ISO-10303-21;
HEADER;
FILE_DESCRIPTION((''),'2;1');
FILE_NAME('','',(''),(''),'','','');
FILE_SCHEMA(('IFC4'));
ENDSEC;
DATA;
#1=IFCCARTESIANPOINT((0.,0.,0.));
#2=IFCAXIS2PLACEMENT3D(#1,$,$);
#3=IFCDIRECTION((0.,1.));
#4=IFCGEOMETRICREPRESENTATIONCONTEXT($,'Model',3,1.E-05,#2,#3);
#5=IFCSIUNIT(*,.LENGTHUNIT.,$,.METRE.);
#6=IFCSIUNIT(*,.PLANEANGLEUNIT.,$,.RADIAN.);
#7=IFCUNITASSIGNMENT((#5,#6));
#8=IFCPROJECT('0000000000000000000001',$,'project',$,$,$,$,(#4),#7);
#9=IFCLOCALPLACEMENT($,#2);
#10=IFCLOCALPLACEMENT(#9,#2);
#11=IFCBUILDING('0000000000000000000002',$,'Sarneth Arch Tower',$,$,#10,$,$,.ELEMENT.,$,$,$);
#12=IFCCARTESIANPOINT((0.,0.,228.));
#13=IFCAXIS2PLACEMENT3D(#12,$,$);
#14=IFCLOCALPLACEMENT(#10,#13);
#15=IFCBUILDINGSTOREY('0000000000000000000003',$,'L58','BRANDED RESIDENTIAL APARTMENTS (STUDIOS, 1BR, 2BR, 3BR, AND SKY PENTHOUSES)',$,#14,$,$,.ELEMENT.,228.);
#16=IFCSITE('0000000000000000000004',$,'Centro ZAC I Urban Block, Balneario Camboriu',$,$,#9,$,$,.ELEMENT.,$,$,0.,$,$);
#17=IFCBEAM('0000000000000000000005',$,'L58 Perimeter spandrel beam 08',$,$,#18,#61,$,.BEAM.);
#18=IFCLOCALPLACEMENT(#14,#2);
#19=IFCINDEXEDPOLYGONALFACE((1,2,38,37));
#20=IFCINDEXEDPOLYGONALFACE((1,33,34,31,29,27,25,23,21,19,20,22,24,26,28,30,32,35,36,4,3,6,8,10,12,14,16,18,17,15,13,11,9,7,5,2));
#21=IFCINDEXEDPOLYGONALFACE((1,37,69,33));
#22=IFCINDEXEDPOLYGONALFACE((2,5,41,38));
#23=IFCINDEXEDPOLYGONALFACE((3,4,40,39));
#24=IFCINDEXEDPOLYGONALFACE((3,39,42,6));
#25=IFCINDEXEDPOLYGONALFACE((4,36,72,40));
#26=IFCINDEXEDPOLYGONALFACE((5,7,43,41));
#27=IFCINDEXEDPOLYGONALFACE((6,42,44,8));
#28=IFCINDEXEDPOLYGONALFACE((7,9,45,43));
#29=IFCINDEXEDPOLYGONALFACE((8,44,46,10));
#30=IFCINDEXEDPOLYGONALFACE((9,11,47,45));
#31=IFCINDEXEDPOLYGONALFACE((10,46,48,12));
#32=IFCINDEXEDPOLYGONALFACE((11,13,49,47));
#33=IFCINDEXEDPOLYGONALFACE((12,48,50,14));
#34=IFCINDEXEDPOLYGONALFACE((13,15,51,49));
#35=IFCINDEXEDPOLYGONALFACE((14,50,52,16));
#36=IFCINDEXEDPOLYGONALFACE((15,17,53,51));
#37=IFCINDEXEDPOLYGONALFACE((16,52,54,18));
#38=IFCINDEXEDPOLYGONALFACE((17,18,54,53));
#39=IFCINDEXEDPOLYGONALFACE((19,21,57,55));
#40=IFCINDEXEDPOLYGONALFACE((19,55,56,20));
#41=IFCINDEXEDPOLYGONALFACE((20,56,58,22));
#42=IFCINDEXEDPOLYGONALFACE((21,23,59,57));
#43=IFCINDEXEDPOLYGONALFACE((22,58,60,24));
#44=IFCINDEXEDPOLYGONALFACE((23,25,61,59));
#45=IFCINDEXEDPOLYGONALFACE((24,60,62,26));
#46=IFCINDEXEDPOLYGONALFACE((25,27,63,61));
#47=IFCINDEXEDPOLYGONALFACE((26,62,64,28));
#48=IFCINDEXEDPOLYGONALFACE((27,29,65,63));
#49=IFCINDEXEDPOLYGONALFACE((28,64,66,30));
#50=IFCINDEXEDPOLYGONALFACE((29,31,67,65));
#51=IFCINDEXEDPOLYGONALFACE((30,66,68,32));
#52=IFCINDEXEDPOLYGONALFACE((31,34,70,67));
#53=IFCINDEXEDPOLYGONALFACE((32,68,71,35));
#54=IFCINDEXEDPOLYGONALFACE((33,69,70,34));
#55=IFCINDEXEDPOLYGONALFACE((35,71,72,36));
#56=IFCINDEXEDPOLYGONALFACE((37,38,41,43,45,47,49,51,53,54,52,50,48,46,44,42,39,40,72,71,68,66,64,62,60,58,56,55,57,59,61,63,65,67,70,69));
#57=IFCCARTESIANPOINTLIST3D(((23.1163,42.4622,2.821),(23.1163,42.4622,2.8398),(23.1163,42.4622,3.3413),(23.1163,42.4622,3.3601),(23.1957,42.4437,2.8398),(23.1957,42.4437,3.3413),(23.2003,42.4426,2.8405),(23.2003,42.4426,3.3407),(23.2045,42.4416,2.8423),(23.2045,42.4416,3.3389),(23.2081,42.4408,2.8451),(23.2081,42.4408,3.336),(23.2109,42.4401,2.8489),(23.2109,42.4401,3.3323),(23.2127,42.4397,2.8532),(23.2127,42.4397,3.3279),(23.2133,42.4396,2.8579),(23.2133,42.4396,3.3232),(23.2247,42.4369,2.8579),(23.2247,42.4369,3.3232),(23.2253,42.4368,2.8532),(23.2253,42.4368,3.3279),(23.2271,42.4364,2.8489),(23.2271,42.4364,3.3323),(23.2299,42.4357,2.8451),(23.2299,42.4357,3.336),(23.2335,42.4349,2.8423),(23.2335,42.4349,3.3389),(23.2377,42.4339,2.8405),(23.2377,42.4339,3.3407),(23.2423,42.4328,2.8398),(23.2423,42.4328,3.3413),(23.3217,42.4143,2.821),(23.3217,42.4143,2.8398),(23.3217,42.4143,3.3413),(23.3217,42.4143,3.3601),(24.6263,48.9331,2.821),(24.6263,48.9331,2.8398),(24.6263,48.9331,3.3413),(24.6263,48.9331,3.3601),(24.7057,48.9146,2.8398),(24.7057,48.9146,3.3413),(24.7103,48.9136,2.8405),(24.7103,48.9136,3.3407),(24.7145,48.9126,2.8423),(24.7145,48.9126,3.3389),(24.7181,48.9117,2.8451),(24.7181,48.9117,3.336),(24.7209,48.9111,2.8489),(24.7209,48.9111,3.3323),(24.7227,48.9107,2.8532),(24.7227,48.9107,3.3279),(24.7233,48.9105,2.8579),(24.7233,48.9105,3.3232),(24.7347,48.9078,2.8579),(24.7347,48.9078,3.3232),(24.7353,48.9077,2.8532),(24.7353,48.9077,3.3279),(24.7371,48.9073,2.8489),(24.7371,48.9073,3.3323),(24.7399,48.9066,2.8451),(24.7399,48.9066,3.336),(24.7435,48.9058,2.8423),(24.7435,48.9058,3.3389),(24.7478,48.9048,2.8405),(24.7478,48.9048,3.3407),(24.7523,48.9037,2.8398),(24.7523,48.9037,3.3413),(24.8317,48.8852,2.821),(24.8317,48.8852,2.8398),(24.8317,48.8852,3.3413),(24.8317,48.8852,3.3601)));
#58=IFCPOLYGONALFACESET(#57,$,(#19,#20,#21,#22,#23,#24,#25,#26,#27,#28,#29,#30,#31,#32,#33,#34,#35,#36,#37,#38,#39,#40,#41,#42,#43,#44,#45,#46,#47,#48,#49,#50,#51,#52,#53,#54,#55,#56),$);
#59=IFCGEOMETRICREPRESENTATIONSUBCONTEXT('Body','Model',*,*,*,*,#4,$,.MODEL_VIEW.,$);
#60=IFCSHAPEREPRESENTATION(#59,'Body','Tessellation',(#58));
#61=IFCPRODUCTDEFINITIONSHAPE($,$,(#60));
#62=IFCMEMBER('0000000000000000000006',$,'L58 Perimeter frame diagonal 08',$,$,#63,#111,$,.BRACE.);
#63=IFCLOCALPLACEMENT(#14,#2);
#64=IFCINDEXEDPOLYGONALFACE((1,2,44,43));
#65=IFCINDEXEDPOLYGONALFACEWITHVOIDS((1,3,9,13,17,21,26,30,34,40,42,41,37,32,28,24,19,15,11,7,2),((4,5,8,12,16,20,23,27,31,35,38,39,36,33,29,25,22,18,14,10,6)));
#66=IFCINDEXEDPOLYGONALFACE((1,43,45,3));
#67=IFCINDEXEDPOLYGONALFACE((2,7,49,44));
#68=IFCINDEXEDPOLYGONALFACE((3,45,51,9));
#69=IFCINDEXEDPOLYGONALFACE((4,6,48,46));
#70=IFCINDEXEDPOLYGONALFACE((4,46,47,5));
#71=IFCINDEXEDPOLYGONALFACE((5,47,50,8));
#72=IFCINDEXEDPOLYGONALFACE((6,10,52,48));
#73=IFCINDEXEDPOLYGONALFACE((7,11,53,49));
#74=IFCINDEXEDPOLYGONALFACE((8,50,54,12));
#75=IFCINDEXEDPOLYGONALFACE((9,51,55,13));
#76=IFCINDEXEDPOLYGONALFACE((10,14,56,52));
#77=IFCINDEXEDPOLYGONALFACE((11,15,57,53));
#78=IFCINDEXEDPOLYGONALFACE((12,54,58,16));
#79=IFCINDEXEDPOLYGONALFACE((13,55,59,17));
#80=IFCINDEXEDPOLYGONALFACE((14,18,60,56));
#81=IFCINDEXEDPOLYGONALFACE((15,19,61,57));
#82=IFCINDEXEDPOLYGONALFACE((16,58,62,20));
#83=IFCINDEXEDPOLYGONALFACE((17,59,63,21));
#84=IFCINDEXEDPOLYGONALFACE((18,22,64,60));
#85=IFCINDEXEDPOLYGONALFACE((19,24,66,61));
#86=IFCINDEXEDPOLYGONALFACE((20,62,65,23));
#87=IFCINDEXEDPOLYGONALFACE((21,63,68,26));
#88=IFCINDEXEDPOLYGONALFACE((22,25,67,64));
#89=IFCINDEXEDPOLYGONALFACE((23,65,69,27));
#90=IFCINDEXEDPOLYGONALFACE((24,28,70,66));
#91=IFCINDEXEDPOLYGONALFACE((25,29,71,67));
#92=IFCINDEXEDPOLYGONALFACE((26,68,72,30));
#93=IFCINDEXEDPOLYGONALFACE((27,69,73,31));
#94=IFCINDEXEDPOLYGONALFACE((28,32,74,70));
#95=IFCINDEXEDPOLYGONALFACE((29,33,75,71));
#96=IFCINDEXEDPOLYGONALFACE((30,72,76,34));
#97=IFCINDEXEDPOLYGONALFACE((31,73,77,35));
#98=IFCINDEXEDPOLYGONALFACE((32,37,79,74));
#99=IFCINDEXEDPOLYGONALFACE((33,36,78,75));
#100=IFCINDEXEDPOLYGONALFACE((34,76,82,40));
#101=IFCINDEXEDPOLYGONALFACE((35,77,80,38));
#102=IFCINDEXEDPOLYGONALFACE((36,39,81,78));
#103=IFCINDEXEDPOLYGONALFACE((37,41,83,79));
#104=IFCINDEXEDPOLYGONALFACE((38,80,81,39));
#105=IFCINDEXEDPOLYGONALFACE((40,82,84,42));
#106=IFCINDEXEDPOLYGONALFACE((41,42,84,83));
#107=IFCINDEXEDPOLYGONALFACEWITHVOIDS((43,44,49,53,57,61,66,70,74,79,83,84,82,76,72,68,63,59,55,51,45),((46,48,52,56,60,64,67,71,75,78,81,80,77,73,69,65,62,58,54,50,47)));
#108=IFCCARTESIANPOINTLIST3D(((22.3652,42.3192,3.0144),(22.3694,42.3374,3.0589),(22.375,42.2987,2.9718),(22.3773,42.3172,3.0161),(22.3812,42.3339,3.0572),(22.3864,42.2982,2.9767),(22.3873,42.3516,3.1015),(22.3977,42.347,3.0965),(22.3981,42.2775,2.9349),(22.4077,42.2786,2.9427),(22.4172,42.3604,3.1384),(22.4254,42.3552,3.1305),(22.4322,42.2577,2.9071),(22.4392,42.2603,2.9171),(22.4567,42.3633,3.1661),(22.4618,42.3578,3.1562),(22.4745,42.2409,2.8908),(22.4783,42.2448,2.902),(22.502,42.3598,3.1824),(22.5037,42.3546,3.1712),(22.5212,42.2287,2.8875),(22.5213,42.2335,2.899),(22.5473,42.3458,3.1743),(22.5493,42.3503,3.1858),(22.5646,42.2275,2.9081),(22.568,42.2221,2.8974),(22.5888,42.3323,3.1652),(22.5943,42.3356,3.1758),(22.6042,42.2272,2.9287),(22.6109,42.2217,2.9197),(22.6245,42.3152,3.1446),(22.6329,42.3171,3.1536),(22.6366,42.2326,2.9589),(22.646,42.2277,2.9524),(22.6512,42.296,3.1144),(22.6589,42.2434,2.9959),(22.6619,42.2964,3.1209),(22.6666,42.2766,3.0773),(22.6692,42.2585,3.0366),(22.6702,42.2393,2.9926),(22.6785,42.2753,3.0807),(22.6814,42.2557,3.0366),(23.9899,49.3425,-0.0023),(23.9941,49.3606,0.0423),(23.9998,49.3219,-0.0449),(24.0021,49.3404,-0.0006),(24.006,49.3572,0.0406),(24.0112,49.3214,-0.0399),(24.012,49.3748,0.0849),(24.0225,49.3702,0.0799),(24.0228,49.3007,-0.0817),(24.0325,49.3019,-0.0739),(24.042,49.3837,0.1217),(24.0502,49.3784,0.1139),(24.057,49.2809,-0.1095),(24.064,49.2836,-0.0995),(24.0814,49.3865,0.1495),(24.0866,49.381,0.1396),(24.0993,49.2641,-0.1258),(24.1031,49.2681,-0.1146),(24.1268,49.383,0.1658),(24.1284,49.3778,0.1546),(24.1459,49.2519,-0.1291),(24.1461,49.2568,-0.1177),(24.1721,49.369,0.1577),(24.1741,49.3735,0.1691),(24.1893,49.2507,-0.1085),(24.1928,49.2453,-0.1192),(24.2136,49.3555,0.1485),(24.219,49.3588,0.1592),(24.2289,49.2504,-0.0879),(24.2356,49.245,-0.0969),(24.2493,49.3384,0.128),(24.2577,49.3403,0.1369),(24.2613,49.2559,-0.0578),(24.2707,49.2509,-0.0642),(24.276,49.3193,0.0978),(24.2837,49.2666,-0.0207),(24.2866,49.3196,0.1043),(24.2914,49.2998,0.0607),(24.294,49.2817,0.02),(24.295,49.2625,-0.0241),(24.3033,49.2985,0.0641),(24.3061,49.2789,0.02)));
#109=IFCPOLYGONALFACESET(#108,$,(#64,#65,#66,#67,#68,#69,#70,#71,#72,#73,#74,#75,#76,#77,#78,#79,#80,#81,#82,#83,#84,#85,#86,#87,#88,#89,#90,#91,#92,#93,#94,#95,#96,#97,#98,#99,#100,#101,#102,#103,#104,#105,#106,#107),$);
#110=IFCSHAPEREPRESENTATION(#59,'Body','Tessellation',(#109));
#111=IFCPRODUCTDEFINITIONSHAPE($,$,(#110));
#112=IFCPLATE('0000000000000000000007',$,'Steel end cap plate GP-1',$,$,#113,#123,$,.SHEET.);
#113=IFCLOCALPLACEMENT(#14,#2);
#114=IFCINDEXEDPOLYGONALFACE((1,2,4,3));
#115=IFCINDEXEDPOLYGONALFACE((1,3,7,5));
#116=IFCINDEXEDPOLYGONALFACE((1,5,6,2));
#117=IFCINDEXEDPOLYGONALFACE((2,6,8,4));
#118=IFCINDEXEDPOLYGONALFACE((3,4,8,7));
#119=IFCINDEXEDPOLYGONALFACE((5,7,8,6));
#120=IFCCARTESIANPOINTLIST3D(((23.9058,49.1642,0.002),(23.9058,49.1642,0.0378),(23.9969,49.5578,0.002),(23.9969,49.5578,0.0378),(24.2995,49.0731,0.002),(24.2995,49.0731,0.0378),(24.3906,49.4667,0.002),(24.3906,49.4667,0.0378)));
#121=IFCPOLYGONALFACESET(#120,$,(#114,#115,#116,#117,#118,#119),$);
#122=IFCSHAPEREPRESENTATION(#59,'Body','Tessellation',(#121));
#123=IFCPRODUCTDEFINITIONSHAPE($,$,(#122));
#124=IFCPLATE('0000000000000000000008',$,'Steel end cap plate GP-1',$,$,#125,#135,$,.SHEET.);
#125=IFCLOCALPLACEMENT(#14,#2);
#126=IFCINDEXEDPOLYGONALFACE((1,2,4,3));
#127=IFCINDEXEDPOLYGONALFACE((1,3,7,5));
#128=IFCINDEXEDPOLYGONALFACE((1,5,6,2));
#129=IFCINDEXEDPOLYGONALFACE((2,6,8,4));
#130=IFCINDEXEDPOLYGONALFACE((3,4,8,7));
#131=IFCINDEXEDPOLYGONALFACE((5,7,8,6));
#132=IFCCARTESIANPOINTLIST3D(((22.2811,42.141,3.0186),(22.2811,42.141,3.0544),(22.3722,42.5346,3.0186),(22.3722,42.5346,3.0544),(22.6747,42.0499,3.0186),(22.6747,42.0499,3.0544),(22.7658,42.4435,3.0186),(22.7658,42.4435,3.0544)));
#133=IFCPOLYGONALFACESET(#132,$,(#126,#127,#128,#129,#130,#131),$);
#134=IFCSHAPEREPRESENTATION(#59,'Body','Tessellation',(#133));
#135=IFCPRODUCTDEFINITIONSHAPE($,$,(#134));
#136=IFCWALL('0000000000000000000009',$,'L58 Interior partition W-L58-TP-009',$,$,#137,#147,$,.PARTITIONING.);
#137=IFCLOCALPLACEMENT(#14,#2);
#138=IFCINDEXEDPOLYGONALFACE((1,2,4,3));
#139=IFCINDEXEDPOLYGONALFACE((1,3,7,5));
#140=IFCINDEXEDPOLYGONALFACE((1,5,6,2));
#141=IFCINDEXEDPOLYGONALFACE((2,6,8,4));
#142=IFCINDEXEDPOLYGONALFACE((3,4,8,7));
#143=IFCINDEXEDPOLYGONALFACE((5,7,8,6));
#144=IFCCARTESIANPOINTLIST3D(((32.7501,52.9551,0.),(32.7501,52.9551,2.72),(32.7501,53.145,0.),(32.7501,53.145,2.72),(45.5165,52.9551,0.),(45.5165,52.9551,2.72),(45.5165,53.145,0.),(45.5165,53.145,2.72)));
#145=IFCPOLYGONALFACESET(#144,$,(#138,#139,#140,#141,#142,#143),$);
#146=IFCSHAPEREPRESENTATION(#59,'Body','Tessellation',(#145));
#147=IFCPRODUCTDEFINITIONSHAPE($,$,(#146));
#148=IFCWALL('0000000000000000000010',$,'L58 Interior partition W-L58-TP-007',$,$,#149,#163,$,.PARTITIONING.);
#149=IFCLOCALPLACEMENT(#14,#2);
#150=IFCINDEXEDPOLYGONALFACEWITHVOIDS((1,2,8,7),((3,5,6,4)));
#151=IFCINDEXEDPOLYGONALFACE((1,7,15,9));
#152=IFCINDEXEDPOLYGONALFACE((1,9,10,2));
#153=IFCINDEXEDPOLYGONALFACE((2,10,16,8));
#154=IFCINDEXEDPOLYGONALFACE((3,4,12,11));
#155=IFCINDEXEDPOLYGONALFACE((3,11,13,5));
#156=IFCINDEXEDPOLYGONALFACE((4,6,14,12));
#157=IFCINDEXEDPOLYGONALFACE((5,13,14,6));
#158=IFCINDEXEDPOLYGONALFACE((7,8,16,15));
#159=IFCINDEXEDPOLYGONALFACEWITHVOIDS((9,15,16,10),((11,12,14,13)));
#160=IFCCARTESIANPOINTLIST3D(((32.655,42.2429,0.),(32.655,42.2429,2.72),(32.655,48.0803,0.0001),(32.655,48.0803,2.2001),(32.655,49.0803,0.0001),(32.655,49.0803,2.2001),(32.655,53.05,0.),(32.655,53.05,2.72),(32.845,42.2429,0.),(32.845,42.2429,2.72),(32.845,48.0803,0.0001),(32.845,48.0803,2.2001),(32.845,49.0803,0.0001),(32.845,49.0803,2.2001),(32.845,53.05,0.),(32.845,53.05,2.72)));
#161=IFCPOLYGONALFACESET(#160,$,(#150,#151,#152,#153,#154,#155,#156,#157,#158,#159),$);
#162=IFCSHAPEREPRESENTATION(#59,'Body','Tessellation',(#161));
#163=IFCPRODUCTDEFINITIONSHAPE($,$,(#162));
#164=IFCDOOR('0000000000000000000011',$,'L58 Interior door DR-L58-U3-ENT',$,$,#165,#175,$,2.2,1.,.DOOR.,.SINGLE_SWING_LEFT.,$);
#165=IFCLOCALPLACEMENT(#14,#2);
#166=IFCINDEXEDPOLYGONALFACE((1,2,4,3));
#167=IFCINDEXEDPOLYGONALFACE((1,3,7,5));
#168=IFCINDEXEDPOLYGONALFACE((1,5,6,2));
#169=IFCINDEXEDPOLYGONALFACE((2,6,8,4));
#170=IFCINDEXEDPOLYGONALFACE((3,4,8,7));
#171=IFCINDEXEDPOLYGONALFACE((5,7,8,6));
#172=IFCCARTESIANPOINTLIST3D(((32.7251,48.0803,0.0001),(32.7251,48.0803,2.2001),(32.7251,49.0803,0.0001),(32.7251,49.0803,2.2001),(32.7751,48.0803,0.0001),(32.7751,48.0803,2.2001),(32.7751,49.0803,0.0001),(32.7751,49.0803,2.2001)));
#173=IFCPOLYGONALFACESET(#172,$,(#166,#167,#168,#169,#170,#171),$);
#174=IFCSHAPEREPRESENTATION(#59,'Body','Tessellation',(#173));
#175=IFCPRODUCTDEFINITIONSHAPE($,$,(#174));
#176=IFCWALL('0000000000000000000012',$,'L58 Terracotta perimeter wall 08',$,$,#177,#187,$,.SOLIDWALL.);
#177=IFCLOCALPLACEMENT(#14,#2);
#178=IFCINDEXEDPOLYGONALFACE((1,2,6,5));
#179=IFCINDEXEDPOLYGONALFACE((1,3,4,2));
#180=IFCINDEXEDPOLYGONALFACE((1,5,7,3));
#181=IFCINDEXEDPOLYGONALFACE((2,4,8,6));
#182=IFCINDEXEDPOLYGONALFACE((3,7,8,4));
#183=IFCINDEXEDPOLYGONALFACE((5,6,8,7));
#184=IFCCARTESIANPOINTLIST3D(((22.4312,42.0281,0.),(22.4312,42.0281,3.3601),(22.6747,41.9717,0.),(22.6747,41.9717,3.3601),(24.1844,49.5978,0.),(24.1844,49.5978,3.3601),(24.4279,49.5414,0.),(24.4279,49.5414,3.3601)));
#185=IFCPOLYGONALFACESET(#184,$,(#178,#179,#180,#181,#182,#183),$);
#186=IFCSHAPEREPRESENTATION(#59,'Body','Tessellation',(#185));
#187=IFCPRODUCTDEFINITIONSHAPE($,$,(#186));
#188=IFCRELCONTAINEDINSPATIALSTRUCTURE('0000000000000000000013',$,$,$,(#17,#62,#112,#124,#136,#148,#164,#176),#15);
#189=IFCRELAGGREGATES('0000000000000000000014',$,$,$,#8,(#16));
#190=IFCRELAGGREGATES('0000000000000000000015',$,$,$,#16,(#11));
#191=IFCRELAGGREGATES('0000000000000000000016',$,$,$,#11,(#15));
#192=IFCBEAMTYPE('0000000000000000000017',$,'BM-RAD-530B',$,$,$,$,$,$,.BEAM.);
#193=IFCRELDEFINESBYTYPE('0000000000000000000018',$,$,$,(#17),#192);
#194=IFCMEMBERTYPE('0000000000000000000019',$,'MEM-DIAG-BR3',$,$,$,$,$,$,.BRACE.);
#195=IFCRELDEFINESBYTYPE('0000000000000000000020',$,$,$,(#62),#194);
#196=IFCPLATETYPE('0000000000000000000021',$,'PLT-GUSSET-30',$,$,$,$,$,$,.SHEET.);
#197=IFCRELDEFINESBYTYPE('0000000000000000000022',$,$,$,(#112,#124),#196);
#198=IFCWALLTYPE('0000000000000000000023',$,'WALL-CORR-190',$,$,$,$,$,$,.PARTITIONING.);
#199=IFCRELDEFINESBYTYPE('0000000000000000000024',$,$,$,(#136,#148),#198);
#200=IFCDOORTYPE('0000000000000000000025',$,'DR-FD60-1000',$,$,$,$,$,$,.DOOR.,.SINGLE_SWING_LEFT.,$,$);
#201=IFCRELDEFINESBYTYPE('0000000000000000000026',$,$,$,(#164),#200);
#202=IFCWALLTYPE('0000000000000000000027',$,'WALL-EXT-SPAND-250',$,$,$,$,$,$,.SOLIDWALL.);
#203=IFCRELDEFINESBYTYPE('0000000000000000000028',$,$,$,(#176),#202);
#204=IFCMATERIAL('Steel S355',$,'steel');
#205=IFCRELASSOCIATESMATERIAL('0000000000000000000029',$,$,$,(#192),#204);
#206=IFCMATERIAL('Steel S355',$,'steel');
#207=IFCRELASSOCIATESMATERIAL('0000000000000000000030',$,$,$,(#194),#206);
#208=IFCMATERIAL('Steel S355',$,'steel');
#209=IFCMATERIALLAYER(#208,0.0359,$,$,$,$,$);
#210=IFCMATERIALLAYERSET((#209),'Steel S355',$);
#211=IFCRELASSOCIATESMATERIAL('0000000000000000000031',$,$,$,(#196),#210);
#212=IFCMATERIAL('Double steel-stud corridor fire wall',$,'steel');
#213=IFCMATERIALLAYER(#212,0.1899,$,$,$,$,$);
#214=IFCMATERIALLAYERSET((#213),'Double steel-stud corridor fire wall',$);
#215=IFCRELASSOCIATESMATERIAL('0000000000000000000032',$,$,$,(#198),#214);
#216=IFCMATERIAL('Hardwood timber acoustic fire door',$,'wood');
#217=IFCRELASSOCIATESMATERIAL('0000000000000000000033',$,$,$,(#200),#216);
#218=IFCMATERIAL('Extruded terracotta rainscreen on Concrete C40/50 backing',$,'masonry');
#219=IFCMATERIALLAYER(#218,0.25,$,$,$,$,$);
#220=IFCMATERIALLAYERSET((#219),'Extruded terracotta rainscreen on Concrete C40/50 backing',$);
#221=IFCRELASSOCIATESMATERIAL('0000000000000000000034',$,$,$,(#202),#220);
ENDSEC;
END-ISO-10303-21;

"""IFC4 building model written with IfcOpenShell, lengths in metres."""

from ifc_helpers import new_model, si_unit, direction, frame, frame_2d, origin, origin_2d, place, context, subcontext, project, spatial, rectangle, hollow_circle, i_section, extrude, material, layer, layer_set, material_profile, profile_set, type_object, element, fill, save


model = new_model("IFC4")

# Units and contexts
model_context = context("Model", 3, precision=1e-05, world=origin(), true_north=direction((0.0, 1.0)))
body_context = subcontext(model_context, "Body", "Model", "MODEL_VIEW")
ifc_project = project(units=[si_unit("LENGTHUNIT", "METRE"), si_unit("PLANEANGLEUNIT", "RADIAN")], contexts=[model_context])

# Site, building, storey
site_placement = place(None, origin())
site = spatial("IfcSite", under=ifc_project, at=site_placement, Name="Centro ZAC I Urban Block, Balneario Camboriu", CompositionType="ELEMENT", RefElevation=0.0)
building_placement = place(site_placement, origin())
building = spatial("IfcBuilding", under=site, at=building_placement, Name="Sarneth Arch Tower", CompositionType="ELEMENT")
storey_placement = place(building_placement, frame((0.0, 0.0, 228.0)))
storey = spatial("IfcBuildingStorey", under=building, at=storey_placement, Name="L58", Description="BRANDED RESIDENTIAL APARTMENTS (STUDIOS, 1BR, 2BR, 3BR, AND SKY PENTHOUSES)", CompositionType="ELEMENT", Elevation=228.0)

# Beam
ifc_material_1 = material(Name="Steel S355", Category="steel")
ifc_material_profile_1 = material_profile(ifc_material_1, i_section(OverallWidth=0.2109, OverallDepth=0.5391, WebThickness=0.0117, FlangeThickness=0.0188, FilletRadius=0.0181, at=origin_2d()), Name="W530x109")
ifc_profile_set_1 = profile_set([ifc_material_profile_1], Name="Steel S355")
beam_type_1 = type_object("IfcBeamType", Name="BM-RAD-530B", PredefinedType="BEAM", material=ifc_profile_set_1)
beam_1_placement = place(storey_placement, frame((24.729, 48.9092, 3.0906), z_axis=(-0.227247, -0.973837, 0.0), x_axis=(0.973837, -0.227247, 0.0)))
element("IfcBeam", 1, at=beam_1_placement, inside=storey, type_object=beam_type_1, Name="L58 Perimeter spandrel beam 08", PredefinedType="BEAM", context=body_context, shape_type="SweptSolid", body=[
    extrude(i_section(OverallWidth=0.2109, OverallDepth=0.5391, WebThickness=0.0117, FlangeThickness=0.0188, FilletRadius=0.0181, at=origin_2d()), origin(), (0.0, 0.0, 1.0), 6.6448),
])

# Member
ifc_material_2 = material(Name="Steel S355", Category="steel")
ifc_material_profile_2 = material_profile(ifc_material_2, hollow_circle(Radius=0.1621, WallThickness=0.0125, at=origin_2d()), Name="CHS324x12.5")
ifc_profile_set_2 = profile_set([ifc_material_profile_2], Name="Steel S355")
member_type = type_object("IfcMemberType", Name="MEM-DIAG-BR3", PredefinedType="BRACE", material=ifc_profile_set_2)
member_placement = place(storey_placement, frame((24.1482, 49.3154, 0.02), z_axis=(-0.207918, -0.898749, 0.386031), x_axis=(0.974269, -0.225389, 0.0)))
element("IfcMember", 2, at=member_placement, inside=storey, type_object=member_type, Name="L58 Perimeter frame diagonal 08", PredefinedType="BRACE", context=body_context, shape_type="SweptSolid", body=[
    extrude(hollow_circle(Radius=0.1621, WallThickness=0.0125, at=origin_2d()), origin(), (0.0, 0.0, 1.0), 7.8145),
])

# Plates
ifc_material_3 = material(Name="Steel S355", Category="steel")
ifc_layer_1 = layer(ifc_material_3, 0.0359)
ifc_layer_set_1 = layer_set([ifc_layer_1], Name="Steel S355")
plate_type = type_object("IfcPlateType", Name="PLT-GUSSET-30", PredefinedType="SHEET", material=ifc_layer_set_1)
for number, where, z_axis, x_axis, name in (
    (3, (24.1482, 49.3154, 0.002), (0.0, 0.0, 1.0), (-0.225461, -0.974252, 0.0), "Steel end cap plate GP-1"),
    (4, (22.5234, 42.2922, 3.0186), (0.0, 0.0, 1.0), (-0.225461, -0.974252, 0.0), "Steel end cap plate GP-1"),
):
    element("IfcPlate", number, at=place(storey_placement, frame(where, z_axis=z_axis, x_axis=x_axis)), inside=storey, type_object=plate_type, Name=name, PredefinedType="SHEET", context=body_context, shape_type="SweptSolid", body=[
        extrude(rectangle(XDim=0.4041, YDim=0.4041, at=origin_2d()), origin(), (0.0, 0.0, 1.0), 0.0359),
    ])

# Wall
ifc_material_4 = material(Name="Double steel-stud corridor fire wall", Category="steel")
ifc_layer_2 = layer(ifc_material_4, 0.1899)
ifc_layer_set_2 = layer_set([ifc_layer_2], Name="Double steel-stud corridor fire wall")
wall_type_1 = type_object("IfcWallType", Name="WALL-CORR-190", PredefinedType="PARTITIONING", material=ifc_layer_set_2)
wall_1_placement = place(storey_placement, frame((32.75, 53.05, 0.0), z_axis=(0.0, 0.0, 1.0), x_axis=(1.0, 0.0, 0.0)))
element("IfcWall", 5, at=wall_1_placement, inside=storey, type_object=wall_type_1, Name="L58 Interior partition W-L58-TP-009", PredefinedType="PARTITIONING", context=body_context, shape_type="SweptSolid", body=[
    extrude(rectangle(XDim=12.7664, YDim=0.1899, at=frame_2d((6.3833, 0.0))), origin(), (0.0, 0.0, 1.0), 2.72),
])

# Wall, opening, door
wall_2_placement = place(storey_placement, frame((32.75, 42.2429, 0.0), z_axis=(0.0, 0.0, 1.0), x_axis=(0.0, 1.0, 0.0)))
wall_2 = element("IfcWall", 6, at=wall_2_placement, inside=storey, type_object=wall_type_1, Name="L58 Interior partition W-L58-TP-007", PredefinedType="PARTITIONING", context=body_context, shape_type="SweptSolid", body=[
    extrude(rectangle(XDim=10.8071, YDim=0.1899, at=frame_2d((5.4036, 0.0))), origin(), (0.0, 0.0, 1.0), 2.72),
])
opening_1_placement = place(wall_2_placement, frame((5.8374, 0.0, 0.0)))
opening_1 = element("IfcOpeningElement", 7, at=opening_1_placement, cuts=wall_2, PredefinedType="OPENING", context=body_context, shape_type="SweptSolid", body=[
    extrude(rectangle(XDim=1.0, YDim=2.2, at=frame_2d((0.5, 1.1001))), frame((0.0, 0.105, 0.0), z_axis=(0.0, -1.0, 0.0), x_axis=(1.0, 0.0, 0.0)), (0.0, 0.0, 1.0), 0.21),
])
ifc_material_5 = material(Name="Hardwood timber acoustic fire door", Category="wood")
door_type_1 = type_object("IfcDoorType", Name="DR-FD60-1000", OperationType="SINGLE_SWING_LEFT", PredefinedType="DOOR", material=ifc_material_5)
door_1_placement = place(opening_1_placement, origin())
door_1 = element("IfcDoor", 8, at=door_1_placement, inside=storey, type_object=door_type_1, Name="L58 Interior door DR-L58-U3-ENT", OperationType="SINGLE_SWING_LEFT", OverallHeight=2.2, OverallWidth=1.0, PredefinedType="DOOR", context=body_context, shape_type="SweptSolid", body=[
    extrude(rectangle(XDim=1.0, YDim=2.2, at=frame_2d((0.5, 1.1001))), frame((0.0, 0.0249, 0.0), z_axis=(0.0, -1.0, 0.0), x_axis=(1.0, 0.0, 0.0)), (0.0, 0.0, 1.0), 0.05),
])
fill(opening_1, door_1)

# Wall
ifc_material_6 = material(Name="Extruded terracotta rainscreen on Concrete C40/50 backing", Category="masonry")
ifc_layer_3 = layer(ifc_material_6, 0.25)
ifc_layer_set_3 = layer_set([ifc_layer_3], Name="Extruded terracotta rainscreen on Concrete C40/50 backing")
wall_type_2 = type_object("IfcWallType", Name="WALL-EXT-SPAND-250", PredefinedType="SOLIDWALL", material=ifc_layer_set_3)
wall_3_placement = place(storey_placement, frame((24.3062, 49.5696, 0.0), z_axis=(0.0, 0.0, 1.0), x_axis=(-0.225635, -0.974212, 0.0)))
element("IfcWall", 9, at=wall_3_placement, inside=storey, type_object=wall_type_2, Name="L58 Terracotta perimeter wall 08", PredefinedType="SOLIDWALL", context=body_context, shape_type="SweptSolid", body=[
    extrude(rectangle(XDim=7.77, YDim=0.25, at=frame_2d((3.885, 0.0))), origin(), (0.0, 0.0, 1.0), 3.3601),
])

save(model, "model.ifc")
